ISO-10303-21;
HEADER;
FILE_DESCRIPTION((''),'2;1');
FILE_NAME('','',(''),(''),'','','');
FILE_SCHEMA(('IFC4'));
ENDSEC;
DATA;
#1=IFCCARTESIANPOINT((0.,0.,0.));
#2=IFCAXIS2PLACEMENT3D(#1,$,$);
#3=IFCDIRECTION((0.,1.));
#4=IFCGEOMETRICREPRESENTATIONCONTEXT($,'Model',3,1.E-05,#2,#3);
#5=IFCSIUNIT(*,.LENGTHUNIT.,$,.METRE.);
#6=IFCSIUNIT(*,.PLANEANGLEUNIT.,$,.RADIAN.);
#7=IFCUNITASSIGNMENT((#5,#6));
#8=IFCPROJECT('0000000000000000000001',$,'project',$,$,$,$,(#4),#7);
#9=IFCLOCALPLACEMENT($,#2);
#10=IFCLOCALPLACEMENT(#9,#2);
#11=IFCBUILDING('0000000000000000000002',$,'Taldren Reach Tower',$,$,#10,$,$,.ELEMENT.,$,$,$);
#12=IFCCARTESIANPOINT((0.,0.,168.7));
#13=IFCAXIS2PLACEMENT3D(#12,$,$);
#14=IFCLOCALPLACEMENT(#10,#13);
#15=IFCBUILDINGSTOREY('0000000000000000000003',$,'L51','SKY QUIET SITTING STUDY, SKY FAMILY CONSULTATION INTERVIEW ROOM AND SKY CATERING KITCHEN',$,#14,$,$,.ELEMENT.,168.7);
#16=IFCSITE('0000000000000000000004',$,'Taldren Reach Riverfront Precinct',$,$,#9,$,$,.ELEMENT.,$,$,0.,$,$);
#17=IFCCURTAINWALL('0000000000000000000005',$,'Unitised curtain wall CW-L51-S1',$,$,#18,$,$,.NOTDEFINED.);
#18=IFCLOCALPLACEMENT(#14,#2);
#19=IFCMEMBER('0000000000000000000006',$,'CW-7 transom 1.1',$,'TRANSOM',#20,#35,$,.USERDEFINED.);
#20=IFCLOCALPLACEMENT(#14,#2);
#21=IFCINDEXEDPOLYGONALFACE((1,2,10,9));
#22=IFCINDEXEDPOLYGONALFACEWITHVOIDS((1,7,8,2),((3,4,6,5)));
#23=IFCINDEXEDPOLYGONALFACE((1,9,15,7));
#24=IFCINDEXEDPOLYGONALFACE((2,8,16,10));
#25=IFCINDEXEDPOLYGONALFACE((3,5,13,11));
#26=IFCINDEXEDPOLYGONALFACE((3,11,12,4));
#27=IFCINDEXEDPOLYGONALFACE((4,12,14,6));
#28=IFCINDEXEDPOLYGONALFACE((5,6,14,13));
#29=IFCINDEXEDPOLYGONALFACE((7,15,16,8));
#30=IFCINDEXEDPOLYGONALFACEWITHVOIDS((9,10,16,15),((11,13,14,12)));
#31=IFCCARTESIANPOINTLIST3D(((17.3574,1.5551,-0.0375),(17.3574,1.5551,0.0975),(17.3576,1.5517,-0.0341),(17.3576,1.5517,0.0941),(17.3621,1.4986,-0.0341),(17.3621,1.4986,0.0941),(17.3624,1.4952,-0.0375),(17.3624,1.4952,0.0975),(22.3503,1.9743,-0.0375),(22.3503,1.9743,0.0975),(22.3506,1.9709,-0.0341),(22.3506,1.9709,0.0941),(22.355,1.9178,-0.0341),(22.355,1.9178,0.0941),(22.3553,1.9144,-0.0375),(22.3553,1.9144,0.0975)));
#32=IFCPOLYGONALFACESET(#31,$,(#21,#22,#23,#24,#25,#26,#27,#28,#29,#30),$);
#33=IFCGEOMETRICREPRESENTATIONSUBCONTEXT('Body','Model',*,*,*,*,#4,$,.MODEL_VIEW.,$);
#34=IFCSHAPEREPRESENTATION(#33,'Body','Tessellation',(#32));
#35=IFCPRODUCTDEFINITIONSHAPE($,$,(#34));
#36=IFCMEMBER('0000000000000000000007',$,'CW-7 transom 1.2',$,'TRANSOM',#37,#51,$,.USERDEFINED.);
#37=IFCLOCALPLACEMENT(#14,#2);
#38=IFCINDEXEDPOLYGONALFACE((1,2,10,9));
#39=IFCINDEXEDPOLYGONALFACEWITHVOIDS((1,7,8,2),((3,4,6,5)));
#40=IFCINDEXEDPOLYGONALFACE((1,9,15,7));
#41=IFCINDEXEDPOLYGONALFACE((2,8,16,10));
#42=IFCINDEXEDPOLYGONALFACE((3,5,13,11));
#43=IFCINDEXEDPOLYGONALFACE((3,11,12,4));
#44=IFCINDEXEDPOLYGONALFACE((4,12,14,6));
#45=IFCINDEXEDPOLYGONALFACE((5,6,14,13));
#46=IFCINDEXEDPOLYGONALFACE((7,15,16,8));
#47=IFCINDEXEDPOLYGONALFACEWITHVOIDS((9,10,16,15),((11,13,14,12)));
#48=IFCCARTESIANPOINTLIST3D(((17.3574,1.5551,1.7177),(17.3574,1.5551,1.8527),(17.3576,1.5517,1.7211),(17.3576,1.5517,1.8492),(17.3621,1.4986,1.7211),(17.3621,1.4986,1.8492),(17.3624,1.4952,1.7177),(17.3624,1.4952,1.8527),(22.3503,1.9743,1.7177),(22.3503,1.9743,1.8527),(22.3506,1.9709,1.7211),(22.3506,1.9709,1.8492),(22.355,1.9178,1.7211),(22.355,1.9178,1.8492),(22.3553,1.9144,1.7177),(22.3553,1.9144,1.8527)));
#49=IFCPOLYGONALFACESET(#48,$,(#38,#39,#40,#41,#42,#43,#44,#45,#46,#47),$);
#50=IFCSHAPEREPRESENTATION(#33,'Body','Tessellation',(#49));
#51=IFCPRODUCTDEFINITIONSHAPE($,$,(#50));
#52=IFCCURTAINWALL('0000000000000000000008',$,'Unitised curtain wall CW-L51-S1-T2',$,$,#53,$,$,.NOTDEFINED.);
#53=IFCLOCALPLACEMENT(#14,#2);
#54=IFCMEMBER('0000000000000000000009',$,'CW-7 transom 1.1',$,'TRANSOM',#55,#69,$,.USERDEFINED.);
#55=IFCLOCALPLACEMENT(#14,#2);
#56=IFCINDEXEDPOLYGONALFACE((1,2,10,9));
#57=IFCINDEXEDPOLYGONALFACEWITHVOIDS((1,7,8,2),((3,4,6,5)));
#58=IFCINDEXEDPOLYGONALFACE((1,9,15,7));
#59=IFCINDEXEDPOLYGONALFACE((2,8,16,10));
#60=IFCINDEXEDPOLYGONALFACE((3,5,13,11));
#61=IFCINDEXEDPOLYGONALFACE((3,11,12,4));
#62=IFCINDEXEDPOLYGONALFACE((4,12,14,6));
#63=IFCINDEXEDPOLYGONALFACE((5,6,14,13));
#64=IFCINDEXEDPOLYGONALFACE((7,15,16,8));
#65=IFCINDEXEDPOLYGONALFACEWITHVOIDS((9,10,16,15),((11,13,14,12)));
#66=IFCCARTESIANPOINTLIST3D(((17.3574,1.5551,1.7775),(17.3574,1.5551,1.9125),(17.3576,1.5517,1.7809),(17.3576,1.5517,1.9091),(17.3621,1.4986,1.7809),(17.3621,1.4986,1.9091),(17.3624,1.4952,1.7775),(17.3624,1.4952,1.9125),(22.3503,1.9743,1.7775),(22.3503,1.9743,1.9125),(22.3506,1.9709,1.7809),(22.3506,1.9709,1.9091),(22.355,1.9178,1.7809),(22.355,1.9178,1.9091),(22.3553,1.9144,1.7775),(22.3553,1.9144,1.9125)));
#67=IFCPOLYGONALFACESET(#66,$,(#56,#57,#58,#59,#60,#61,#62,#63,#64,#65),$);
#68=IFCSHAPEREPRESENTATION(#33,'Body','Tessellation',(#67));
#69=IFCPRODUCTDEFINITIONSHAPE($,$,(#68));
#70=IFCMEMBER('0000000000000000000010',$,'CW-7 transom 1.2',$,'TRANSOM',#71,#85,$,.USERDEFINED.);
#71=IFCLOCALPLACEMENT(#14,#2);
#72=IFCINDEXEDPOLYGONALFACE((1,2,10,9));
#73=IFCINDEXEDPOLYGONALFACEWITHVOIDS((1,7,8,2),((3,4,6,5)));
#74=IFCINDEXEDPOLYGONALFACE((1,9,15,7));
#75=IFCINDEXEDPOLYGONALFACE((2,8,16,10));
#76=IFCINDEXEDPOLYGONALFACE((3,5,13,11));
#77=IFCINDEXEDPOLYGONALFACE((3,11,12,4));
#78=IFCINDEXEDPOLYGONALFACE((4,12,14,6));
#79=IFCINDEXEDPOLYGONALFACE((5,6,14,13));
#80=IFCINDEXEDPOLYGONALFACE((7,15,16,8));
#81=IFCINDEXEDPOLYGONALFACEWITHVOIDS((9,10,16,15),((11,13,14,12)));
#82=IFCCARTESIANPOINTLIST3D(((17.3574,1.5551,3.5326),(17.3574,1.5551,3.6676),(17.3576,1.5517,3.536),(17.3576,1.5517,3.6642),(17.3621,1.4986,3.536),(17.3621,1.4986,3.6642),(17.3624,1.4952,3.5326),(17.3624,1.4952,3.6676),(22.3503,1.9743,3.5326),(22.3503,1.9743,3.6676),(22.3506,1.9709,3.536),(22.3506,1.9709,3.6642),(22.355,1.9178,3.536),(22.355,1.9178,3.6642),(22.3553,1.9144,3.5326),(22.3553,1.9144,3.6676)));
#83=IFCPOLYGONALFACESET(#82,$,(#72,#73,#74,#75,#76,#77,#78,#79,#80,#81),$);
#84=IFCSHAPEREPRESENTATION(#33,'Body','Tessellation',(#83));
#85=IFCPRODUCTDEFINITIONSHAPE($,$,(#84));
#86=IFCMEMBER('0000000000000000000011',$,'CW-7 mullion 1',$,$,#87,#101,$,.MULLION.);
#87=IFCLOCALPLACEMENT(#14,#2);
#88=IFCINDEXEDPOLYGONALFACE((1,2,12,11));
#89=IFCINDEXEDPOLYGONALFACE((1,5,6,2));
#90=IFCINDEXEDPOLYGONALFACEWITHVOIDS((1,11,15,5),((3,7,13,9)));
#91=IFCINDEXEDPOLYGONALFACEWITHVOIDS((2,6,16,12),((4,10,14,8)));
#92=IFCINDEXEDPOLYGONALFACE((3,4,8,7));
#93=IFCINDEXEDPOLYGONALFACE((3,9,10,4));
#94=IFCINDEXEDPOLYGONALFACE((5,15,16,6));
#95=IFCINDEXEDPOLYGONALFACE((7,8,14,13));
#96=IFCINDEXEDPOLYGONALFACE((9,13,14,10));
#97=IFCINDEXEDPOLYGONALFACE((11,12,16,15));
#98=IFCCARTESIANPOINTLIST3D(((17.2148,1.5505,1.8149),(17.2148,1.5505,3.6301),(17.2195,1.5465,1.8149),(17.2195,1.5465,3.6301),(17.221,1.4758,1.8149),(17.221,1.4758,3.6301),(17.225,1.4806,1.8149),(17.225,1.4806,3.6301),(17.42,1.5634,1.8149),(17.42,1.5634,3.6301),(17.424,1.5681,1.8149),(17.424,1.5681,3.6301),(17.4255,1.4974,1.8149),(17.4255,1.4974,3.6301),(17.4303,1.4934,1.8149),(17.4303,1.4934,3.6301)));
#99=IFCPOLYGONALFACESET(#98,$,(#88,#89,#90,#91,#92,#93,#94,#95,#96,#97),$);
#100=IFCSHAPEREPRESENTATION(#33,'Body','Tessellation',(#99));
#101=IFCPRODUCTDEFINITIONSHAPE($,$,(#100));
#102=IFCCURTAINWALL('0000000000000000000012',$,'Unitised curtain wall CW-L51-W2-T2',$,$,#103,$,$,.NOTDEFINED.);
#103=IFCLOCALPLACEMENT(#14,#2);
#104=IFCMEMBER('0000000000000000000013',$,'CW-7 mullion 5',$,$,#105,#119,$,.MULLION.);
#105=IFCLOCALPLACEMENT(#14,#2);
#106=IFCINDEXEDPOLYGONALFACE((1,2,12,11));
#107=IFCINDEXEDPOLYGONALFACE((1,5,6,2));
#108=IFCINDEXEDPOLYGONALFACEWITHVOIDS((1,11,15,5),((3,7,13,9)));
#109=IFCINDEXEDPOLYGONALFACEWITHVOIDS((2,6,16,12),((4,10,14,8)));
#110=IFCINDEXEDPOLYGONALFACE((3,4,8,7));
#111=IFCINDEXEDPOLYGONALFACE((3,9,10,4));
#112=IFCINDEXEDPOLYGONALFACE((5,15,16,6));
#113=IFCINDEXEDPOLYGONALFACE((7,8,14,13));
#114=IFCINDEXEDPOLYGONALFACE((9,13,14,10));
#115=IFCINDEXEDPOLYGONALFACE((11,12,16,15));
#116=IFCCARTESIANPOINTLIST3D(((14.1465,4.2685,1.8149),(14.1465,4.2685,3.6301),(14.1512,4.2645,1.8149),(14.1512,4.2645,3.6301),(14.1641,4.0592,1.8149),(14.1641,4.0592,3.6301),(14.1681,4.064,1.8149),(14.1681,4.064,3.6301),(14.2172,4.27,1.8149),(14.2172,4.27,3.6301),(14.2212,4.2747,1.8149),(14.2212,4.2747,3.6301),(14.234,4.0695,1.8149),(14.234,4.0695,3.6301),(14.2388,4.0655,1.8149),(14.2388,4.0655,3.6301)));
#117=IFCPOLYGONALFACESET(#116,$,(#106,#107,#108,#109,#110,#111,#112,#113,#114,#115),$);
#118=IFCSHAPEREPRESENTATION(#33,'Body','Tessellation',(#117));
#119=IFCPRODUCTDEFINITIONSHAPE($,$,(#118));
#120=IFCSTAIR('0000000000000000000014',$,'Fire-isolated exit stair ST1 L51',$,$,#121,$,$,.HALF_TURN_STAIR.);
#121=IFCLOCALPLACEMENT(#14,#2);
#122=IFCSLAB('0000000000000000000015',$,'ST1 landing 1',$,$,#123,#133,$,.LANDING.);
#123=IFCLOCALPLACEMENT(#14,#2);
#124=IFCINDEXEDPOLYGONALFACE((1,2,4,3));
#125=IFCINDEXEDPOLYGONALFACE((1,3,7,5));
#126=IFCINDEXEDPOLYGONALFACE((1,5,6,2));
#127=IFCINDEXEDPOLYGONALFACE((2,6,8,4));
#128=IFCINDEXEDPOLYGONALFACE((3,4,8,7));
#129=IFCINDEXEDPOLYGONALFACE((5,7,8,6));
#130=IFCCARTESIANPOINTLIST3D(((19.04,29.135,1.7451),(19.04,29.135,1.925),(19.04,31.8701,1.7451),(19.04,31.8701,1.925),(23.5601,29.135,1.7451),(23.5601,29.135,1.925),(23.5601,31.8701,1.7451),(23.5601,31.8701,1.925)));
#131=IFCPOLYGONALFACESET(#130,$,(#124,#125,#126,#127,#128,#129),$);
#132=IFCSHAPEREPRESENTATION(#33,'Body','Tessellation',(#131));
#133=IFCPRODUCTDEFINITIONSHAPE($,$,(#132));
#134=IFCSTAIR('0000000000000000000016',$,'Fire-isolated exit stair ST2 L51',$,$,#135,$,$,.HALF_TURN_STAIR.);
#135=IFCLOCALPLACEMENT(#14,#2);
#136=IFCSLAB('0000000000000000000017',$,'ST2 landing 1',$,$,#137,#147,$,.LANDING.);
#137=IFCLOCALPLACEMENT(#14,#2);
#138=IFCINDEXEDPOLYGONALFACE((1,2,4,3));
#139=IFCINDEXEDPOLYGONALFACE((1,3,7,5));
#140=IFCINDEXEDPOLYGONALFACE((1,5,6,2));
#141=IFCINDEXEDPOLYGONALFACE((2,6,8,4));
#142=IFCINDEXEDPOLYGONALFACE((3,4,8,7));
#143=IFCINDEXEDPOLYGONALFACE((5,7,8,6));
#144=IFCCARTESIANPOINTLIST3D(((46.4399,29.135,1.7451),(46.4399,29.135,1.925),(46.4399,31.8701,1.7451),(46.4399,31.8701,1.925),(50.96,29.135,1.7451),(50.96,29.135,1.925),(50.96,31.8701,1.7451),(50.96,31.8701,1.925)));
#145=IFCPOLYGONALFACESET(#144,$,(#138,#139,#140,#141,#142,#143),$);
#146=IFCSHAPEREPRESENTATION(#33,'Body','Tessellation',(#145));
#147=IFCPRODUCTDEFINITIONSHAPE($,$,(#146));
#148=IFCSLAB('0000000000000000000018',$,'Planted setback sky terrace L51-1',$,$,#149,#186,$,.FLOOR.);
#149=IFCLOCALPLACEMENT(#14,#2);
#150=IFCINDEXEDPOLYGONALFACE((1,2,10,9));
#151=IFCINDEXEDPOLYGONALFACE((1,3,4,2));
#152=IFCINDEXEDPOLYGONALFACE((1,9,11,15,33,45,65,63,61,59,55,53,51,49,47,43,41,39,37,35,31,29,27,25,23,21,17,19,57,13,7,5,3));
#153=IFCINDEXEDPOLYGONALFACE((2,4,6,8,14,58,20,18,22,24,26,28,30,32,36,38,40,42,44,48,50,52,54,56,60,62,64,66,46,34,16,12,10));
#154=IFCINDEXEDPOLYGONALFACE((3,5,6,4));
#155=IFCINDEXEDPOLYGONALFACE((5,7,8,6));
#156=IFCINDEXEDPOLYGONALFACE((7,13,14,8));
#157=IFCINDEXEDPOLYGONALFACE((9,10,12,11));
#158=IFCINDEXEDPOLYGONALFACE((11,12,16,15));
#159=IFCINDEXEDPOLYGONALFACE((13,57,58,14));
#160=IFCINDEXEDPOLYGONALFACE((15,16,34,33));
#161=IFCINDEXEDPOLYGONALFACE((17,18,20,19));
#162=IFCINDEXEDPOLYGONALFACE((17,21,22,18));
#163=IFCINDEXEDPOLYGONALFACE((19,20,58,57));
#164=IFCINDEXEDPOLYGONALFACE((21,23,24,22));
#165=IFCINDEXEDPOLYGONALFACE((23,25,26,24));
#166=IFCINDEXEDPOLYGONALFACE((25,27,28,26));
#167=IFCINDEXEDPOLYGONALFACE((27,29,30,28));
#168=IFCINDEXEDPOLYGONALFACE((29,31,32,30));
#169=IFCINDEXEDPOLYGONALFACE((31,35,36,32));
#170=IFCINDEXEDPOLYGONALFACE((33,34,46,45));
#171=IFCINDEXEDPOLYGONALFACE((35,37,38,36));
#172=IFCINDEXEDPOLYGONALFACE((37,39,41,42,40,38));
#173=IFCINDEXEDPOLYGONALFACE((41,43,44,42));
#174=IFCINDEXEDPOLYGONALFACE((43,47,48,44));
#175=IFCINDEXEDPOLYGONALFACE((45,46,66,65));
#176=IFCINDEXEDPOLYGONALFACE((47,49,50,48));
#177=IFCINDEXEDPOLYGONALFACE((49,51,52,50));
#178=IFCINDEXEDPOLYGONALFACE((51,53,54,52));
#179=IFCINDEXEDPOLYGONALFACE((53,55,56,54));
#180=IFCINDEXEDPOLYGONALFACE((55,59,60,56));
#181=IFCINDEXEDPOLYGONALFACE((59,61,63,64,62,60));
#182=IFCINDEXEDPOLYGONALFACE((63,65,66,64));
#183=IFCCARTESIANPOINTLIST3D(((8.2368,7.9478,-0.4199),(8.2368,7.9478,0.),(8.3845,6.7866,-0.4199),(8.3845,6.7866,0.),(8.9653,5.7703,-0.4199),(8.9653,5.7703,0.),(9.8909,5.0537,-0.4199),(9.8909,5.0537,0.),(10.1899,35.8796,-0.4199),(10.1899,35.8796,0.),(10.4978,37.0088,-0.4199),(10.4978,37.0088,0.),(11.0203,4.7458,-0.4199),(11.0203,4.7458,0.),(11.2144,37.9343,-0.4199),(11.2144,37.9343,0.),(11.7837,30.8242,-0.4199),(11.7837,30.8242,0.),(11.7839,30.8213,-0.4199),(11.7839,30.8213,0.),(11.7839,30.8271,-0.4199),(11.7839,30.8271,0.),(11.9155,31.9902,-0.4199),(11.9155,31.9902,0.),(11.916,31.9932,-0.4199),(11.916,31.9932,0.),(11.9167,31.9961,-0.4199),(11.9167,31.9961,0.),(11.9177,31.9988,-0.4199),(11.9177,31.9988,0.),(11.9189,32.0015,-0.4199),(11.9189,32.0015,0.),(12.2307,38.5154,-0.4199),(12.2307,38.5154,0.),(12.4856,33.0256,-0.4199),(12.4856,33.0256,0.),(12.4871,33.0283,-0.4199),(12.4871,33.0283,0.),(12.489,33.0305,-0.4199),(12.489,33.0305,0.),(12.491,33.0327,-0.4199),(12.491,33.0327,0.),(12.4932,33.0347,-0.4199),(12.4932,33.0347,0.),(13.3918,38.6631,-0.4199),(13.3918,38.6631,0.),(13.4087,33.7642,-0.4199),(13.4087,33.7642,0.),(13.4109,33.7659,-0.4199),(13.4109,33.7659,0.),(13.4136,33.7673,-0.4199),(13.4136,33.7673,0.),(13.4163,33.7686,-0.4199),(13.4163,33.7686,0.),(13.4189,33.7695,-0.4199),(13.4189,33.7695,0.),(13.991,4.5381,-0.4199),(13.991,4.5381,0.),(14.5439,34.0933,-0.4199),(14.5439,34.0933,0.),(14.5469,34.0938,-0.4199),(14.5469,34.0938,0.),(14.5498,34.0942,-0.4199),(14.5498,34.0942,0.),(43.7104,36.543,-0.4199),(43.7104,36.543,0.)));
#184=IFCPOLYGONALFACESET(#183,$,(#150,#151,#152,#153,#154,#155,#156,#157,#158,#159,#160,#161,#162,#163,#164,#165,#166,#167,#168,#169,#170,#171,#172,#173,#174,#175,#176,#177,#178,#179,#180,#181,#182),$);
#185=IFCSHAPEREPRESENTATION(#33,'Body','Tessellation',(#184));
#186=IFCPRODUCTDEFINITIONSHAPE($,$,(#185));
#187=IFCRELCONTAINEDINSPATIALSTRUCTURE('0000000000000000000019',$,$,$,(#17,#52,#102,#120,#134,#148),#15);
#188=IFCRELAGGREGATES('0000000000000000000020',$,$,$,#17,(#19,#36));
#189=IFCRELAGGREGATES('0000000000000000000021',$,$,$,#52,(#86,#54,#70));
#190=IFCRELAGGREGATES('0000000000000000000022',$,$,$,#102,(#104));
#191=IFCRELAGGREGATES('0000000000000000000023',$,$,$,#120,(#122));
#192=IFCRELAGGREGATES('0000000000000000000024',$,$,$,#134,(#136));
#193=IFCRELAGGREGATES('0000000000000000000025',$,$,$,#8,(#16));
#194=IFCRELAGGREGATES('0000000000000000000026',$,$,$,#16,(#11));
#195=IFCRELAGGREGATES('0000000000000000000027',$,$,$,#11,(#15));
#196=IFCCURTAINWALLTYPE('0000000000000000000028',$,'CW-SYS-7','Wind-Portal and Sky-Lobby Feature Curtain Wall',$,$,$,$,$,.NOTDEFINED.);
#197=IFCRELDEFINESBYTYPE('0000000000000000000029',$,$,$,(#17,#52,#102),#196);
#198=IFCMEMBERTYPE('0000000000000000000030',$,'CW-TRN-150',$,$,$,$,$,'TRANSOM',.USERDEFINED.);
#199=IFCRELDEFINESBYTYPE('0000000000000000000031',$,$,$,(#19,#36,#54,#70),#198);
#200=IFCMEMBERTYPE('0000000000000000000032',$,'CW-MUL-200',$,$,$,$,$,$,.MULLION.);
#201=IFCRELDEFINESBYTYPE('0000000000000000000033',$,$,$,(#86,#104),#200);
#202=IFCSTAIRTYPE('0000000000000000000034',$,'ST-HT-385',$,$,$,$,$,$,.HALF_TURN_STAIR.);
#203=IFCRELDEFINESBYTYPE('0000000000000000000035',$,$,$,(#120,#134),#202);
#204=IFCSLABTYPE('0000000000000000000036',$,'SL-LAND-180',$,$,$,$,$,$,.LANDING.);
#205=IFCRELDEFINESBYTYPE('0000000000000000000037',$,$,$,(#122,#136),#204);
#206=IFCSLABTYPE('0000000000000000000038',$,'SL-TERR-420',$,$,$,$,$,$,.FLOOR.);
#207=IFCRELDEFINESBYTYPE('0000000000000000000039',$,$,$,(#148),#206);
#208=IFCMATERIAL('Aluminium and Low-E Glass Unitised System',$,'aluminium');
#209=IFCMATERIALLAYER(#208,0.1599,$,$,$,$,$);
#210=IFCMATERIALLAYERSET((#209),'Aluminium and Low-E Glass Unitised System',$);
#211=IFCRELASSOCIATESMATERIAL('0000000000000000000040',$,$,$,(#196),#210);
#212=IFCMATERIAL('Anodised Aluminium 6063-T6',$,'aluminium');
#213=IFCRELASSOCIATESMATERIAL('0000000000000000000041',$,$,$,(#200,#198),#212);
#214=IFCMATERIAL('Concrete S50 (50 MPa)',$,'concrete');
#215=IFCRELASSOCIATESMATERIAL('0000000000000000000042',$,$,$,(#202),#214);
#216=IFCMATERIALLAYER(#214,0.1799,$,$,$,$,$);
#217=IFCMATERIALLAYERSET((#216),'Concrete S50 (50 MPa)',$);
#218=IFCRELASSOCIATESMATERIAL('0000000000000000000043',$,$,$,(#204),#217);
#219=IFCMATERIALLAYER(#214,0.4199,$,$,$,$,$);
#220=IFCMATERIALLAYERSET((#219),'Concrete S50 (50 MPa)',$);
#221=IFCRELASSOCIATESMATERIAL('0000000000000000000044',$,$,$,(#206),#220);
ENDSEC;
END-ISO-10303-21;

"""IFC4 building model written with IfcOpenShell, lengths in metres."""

from ifc_helpers import new_model, si_unit, direction, frame, origin, origin_2d, place, context, subcontext, project, spatial, polyline, hollow_rectangle, outline, extrude, source, transform, mapped, material, layer, layer_set, material_profile, profile_set, type_object, element, aggregate, save


model = new_model("IFC4")

# Units and contexts
model_context = context("Model", 3, precision=1e-05, world=origin(), true_north=direction((0.0, 1.0)))
body_context = subcontext(model_context, "Body", "Model", "MODEL_VIEW")
ifc_project = project(units=[si_unit("LENGTHUNIT", "METRE"), si_unit("PLANEANGLEUNIT", "RADIAN")], contexts=[model_context])

# Site, building, storey
site_placement = place(None, origin())
site = spatial("IfcSite", under=ifc_project, at=site_placement, Name="Taldren Reach Riverfront Precinct", CompositionType="ELEMENT", RefElevation=0.0)
building_placement = place(site_placement, origin())
building = spatial("IfcBuilding", under=site, at=building_placement, Name="Taldren Reach Tower", CompositionType="ELEMENT")
storey_placement = place(building_placement, frame((0.0, 0.0, 168.7)))
storey = spatial("IfcBuildingStorey", under=building, at=storey_placement, Name="L51", Description="SKY QUIET SITTING STUDY, SKY FAMILY CONSULTATION INTERVIEW ROOM AND SKY CATERING KITCHEN", CompositionType="ELEMENT", Elevation=168.7)

# Curtain wall
ifc_material_1 = material(Name="Aluminium and Low-E Glass Unitised System", Category="aluminium")
ifc_layer_1 = layer(ifc_material_1, 0.1599)
ifc_layer_set_1 = layer_set([ifc_layer_1], Name="Aluminium and Low-E Glass Unitised System")
curtain_wall_type = type_object("IfcCurtainWallType", Name="CW-SYS-7", Description="Wind-Portal and Sky-Lobby Feature Curtain Wall", PredefinedType="NOTDEFINED", material=ifc_layer_set_1)
curtain_wall_1_placement = place(storey_placement, origin())
curtain_wall_1 = element("IfcCurtainWall", 1, at=curtain_wall_1_placement, inside=storey, type_object=curtain_wall_type, Name="Unitised curtain wall CW-L51-S1", PredefinedType="NOTDEFINED")
ifc_material_2 = material(Name="Anodised Aluminium 6063-T6", Category="aluminium")
ifc_material_profile_1 = material_profile(ifc_material_2, hollow_rectangle(XDim=0.075, YDim=0.21, WallThickness=0.0044, at=origin_2d()), Name="ALU-210x75x4.5RHS")
ifc_profile_set_1 = profile_set([ifc_material_profile_1], Name="Anodised Aluminium 6063-T6")
member_type_1 = type_object("IfcMemberType", Name="CW-MUL-200", PredefinedType="MULLION", material=ifc_profile_set_1)

# Members
ifc_material_profile_2 = material_profile(ifc_material_2, hollow_rectangle(XDim=0.0601, YDim=0.135, WallThickness=0.0034, at=origin_2d()), Name="ALU-135x60x3.5RHS")
ifc_profile_set_2 = profile_set([ifc_material_profile_2], Name="Anodised Aluminium 6063-T6")
member_type_2 = type_object("IfcMemberType", Name="CW-TRN-150", ElementType="TRANSOM", PredefinedType="USERDEFINED", material=ifc_profile_set_2)
shared_shape_1 = source(origin(), body_context, "Body", "SweptSolid", [
    extrude(hollow_rectangle(XDim=0.0601, YDim=0.135, WallThickness=0.0034, at=origin_2d()), origin(), (0.0, 0.0, 1.0), 5.0105),
])
member_1_placement = place(storey_placement, frame((17.3599, 1.5251, 0.03), z_axis=(0.996494, 0.083662, 0.0), x_axis=(-0.083662, 0.996494, 0.0)))
member_1 = element("IfcMember", 2, at=member_1_placement, type_object=member_type_2, Name="CW-7 transom 1.1", ObjectType="TRANSOM", PredefinedType="USERDEFINED", context=body_context, shape_type="MappedRepresentation", body=[
    mapped(shared_shape_1, transform((0.0, 0.0, 0.0), scale=1.0)),
])
member_2_placement = place(storey_placement, frame((17.3599, 1.5251, 1.7852), z_axis=(0.996494, 0.083662, 0.0), x_axis=(-0.083662, 0.996494, 0.0)))
member_2 = element("IfcMember", 3, at=member_2_placement, type_object=member_type_2, Name="CW-7 transom 1.2", ObjectType="TRANSOM", PredefinedType="USERDEFINED", context=body_context, shape_type="MappedRepresentation", body=[
    mapped(shared_shape_1, transform((0.0, 0.0, 0.0), scale=1.0)),
])
aggregate(curtain_wall_1, [member_1, member_2])

# Curtain wall, members
curtain_wall_2_placement = place(storey_placement, origin())
curtain_wall_2 = element("IfcCurtainWall", 4, at=curtain_wall_2_placement, inside=storey, type_object=curtain_wall_type, Name="Unitised curtain wall CW-L51-S1-T2", PredefinedType="NOTDEFINED")
member_3_placement = place(storey_placement, frame((17.3599, 1.5251, 1.845), z_axis=(0.996494, 0.083662, 0.0), x_axis=(-0.083662, 0.996494, 0.0)))
member_3 = element("IfcMember", 5, at=member_3_placement, type_object=member_type_2, Name="CW-7 transom 1.1", ObjectType="TRANSOM", PredefinedType="USERDEFINED", context=body_context, shape_type="MappedRepresentation", body=[
    mapped(shared_shape_1, transform((0.0, 0.0, 0.0), scale=1.0)),
])
member_4_placement = place(storey_placement, frame((17.3599, 1.5251, 3.6001), z_axis=(0.996494, 0.083662, 0.0), x_axis=(-0.083662, 0.996494, 0.0)))
member_4 = element("IfcMember", 6, at=member_4_placement, type_object=member_type_2, Name="CW-7 transom 1.2", ObjectType="TRANSOM", PredefinedType="USERDEFINED", context=body_context, shape_type="MappedRepresentation", body=[
    mapped(shared_shape_1, transform((0.0, 0.0, 0.0), scale=1.0)),
])
shared_shape_2 = source(origin(), body_context, "Body", "SweptSolid", [
    extrude(hollow_rectangle(XDim=0.075, YDim=0.21, WallThickness=0.0044, at=origin_2d()), origin(), (0.0, 0.0, 1.0), 1.8152),
])
member_5_placement = place(storey_placement, frame((17.3225, 1.522, 1.8149), z_axis=(0.0, 0.0, 1.0), x_axis=(-0.083678, 0.996493, 0.0)))
member_5 = element("IfcMember", 7, at=member_5_placement, type_object=member_type_1, Name="CW-7 mullion 1", PredefinedType="MULLION", context=body_context, shape_type="MappedRepresentation", body=[
    mapped(shared_shape_2, transform((0.0, 0.0, 0.0), scale=1.0)),
])
aggregate(curtain_wall_2, [member_5, member_3, member_4])

# Curtain wall, member
curtain_wall_3_placement = place(storey_placement, origin())
curtain_wall_3 = element("IfcCurtainWall", 8, at=curtain_wall_3_placement, inside=storey, type_object=curtain_wall_type, Name="Unitised curtain wall CW-L51-W2-T2", PredefinedType="NOTDEFINED")
member_6_placement = place(storey_placement, frame((14.1926, 4.167, 1.8149), z_axis=(0.0, 0.0, 1.0), x_axis=(0.996493, 0.083678, 0.0)))
member_6 = element("IfcMember", 9, at=member_6_placement, type_object=member_type_1, Name="CW-7 mullion 5", PredefinedType="MULLION", context=body_context, shape_type="MappedRepresentation", body=[
    mapped(shared_shape_2, transform((0.0, 0.0, 0.0), scale=1.0)),
])
aggregate(curtain_wall_3, [member_6])

# Stairs, slabs
ifc_material_3 = material(Name="Concrete S50 (50 MPa)", Category="concrete")
stair_type = type_object("IfcStairType", Name="ST-HT-385", PredefinedType="HALF_TURN_STAIR", material=ifc_material_3)
stair_1_placement = place(storey_placement, origin())
stair_1 = element("IfcStair", 10, at=stair_1_placement, inside=storey, type_object=stair_type, Name="Fire-isolated exit stair ST1 L51", PredefinedType="HALF_TURN_STAIR")
ifc_layer_2 = layer(ifc_material_3, 0.1799)
ifc_layer_set_2 = layer_set([ifc_layer_2], Name="Concrete S50 (50 MPa)")
slab_type_1 = type_object("IfcSlabType", Name="SL-LAND-180", PredefinedType="LANDING", material=ifc_layer_set_2)
slab_1_placement = place(storey_placement, frame((0.0, 0.0, 1.7451)))
slab_1 = element("IfcSlab", 11, at=slab_1_placement, type_object=slab_type_1, Name="ST1 landing 1", PredefinedType="LANDING", context=body_context, shape_type="SweptSolid", body=[
    extrude(outline(polyline([(19.04, 29.135), (23.5601, 29.135), (23.5601, 31.8701), (19.04, 31.8701), (19.04, 29.135)])), origin(), (0.0, 0.0, 1.0), 0.1799),
])
aggregate(stair_1, [slab_1])
stair_2_placement = place(storey_placement, origin())
stair_2 = element("IfcStair", 12, at=stair_2_placement, inside=storey, type_object=stair_type, Name="Fire-isolated exit stair ST2 L51", PredefinedType="HALF_TURN_STAIR")
slab_2_placement = place(storey_placement, frame((0.0, 0.0, 1.7451)))
slab_2 = element("IfcSlab", 13, at=slab_2_placement, type_object=slab_type_1, Name="ST2 landing 1", PredefinedType="LANDING", context=body_context, shape_type="SweptSolid", body=[
    extrude(outline(polyline([(46.4399, 29.135), (50.96, 29.135), (50.96, 31.8701), (46.4399, 31.8701), (46.4399, 29.135)])), origin(), (0.0, 0.0, 1.0), 0.1799),
])
aggregate(stair_2, [slab_2])

# Slab
ifc_layer_3 = layer(ifc_material_3, 0.4199)
ifc_layer_set_3 = layer_set([ifc_layer_3], Name="Concrete S50 (50 MPa)")
slab_type_2 = type_object("IfcSlabType", Name="SL-TERR-420", PredefinedType="FLOOR", material=ifc_layer_set_3)
slab_3_placement = place(storey_placement, frame((0.0, 0.0, -0.4199)))
element("IfcSlab", 14, at=slab_3_placement, inside=storey, type_object=slab_type_2, Name="Planted setback sky terrace L51-1", PredefinedType="FLOOR", context=body_context, shape_type="SweptSolid", body=[
    extrude(outline(polyline([(9.8909, 5.0537), (8.9653, 5.7703), (8.3845, 6.7866), (8.2368, 7.9478), (10.1899, 35.8796), (10.4978, 37.0088), (11.2144, 37.9343), (12.2307, 38.5154), (13.3918, 38.6631), (43.7104, 36.543), (14.5498, 34.0942), (14.5469, 34.0938), (14.5439, 34.0933), (13.4189, 33.7695), (13.4163, 33.7686), (13.4136, 33.7673), (13.4109, 33.7659), (13.4087, 33.7642), (12.4932, 33.0347), (12.491, 33.0327), (12.489, 33.0305), (12.4871, 33.0283), (12.4856, 33.0256), (11.9189, 32.0015), (11.9177, 31.9988), (11.9167, 31.9961), (11.916, 31.9932), (11.9155, 31.9902), (11.7839, 30.8271), (11.7837, 30.8242), (11.7839, 30.8213), (13.991, 4.5381), (11.0203, 4.7458), (9.8909, 5.0537)])), origin(), (0.0, 0.0, 1.0), 0.4199),
])

save(model, "model.ifc")
